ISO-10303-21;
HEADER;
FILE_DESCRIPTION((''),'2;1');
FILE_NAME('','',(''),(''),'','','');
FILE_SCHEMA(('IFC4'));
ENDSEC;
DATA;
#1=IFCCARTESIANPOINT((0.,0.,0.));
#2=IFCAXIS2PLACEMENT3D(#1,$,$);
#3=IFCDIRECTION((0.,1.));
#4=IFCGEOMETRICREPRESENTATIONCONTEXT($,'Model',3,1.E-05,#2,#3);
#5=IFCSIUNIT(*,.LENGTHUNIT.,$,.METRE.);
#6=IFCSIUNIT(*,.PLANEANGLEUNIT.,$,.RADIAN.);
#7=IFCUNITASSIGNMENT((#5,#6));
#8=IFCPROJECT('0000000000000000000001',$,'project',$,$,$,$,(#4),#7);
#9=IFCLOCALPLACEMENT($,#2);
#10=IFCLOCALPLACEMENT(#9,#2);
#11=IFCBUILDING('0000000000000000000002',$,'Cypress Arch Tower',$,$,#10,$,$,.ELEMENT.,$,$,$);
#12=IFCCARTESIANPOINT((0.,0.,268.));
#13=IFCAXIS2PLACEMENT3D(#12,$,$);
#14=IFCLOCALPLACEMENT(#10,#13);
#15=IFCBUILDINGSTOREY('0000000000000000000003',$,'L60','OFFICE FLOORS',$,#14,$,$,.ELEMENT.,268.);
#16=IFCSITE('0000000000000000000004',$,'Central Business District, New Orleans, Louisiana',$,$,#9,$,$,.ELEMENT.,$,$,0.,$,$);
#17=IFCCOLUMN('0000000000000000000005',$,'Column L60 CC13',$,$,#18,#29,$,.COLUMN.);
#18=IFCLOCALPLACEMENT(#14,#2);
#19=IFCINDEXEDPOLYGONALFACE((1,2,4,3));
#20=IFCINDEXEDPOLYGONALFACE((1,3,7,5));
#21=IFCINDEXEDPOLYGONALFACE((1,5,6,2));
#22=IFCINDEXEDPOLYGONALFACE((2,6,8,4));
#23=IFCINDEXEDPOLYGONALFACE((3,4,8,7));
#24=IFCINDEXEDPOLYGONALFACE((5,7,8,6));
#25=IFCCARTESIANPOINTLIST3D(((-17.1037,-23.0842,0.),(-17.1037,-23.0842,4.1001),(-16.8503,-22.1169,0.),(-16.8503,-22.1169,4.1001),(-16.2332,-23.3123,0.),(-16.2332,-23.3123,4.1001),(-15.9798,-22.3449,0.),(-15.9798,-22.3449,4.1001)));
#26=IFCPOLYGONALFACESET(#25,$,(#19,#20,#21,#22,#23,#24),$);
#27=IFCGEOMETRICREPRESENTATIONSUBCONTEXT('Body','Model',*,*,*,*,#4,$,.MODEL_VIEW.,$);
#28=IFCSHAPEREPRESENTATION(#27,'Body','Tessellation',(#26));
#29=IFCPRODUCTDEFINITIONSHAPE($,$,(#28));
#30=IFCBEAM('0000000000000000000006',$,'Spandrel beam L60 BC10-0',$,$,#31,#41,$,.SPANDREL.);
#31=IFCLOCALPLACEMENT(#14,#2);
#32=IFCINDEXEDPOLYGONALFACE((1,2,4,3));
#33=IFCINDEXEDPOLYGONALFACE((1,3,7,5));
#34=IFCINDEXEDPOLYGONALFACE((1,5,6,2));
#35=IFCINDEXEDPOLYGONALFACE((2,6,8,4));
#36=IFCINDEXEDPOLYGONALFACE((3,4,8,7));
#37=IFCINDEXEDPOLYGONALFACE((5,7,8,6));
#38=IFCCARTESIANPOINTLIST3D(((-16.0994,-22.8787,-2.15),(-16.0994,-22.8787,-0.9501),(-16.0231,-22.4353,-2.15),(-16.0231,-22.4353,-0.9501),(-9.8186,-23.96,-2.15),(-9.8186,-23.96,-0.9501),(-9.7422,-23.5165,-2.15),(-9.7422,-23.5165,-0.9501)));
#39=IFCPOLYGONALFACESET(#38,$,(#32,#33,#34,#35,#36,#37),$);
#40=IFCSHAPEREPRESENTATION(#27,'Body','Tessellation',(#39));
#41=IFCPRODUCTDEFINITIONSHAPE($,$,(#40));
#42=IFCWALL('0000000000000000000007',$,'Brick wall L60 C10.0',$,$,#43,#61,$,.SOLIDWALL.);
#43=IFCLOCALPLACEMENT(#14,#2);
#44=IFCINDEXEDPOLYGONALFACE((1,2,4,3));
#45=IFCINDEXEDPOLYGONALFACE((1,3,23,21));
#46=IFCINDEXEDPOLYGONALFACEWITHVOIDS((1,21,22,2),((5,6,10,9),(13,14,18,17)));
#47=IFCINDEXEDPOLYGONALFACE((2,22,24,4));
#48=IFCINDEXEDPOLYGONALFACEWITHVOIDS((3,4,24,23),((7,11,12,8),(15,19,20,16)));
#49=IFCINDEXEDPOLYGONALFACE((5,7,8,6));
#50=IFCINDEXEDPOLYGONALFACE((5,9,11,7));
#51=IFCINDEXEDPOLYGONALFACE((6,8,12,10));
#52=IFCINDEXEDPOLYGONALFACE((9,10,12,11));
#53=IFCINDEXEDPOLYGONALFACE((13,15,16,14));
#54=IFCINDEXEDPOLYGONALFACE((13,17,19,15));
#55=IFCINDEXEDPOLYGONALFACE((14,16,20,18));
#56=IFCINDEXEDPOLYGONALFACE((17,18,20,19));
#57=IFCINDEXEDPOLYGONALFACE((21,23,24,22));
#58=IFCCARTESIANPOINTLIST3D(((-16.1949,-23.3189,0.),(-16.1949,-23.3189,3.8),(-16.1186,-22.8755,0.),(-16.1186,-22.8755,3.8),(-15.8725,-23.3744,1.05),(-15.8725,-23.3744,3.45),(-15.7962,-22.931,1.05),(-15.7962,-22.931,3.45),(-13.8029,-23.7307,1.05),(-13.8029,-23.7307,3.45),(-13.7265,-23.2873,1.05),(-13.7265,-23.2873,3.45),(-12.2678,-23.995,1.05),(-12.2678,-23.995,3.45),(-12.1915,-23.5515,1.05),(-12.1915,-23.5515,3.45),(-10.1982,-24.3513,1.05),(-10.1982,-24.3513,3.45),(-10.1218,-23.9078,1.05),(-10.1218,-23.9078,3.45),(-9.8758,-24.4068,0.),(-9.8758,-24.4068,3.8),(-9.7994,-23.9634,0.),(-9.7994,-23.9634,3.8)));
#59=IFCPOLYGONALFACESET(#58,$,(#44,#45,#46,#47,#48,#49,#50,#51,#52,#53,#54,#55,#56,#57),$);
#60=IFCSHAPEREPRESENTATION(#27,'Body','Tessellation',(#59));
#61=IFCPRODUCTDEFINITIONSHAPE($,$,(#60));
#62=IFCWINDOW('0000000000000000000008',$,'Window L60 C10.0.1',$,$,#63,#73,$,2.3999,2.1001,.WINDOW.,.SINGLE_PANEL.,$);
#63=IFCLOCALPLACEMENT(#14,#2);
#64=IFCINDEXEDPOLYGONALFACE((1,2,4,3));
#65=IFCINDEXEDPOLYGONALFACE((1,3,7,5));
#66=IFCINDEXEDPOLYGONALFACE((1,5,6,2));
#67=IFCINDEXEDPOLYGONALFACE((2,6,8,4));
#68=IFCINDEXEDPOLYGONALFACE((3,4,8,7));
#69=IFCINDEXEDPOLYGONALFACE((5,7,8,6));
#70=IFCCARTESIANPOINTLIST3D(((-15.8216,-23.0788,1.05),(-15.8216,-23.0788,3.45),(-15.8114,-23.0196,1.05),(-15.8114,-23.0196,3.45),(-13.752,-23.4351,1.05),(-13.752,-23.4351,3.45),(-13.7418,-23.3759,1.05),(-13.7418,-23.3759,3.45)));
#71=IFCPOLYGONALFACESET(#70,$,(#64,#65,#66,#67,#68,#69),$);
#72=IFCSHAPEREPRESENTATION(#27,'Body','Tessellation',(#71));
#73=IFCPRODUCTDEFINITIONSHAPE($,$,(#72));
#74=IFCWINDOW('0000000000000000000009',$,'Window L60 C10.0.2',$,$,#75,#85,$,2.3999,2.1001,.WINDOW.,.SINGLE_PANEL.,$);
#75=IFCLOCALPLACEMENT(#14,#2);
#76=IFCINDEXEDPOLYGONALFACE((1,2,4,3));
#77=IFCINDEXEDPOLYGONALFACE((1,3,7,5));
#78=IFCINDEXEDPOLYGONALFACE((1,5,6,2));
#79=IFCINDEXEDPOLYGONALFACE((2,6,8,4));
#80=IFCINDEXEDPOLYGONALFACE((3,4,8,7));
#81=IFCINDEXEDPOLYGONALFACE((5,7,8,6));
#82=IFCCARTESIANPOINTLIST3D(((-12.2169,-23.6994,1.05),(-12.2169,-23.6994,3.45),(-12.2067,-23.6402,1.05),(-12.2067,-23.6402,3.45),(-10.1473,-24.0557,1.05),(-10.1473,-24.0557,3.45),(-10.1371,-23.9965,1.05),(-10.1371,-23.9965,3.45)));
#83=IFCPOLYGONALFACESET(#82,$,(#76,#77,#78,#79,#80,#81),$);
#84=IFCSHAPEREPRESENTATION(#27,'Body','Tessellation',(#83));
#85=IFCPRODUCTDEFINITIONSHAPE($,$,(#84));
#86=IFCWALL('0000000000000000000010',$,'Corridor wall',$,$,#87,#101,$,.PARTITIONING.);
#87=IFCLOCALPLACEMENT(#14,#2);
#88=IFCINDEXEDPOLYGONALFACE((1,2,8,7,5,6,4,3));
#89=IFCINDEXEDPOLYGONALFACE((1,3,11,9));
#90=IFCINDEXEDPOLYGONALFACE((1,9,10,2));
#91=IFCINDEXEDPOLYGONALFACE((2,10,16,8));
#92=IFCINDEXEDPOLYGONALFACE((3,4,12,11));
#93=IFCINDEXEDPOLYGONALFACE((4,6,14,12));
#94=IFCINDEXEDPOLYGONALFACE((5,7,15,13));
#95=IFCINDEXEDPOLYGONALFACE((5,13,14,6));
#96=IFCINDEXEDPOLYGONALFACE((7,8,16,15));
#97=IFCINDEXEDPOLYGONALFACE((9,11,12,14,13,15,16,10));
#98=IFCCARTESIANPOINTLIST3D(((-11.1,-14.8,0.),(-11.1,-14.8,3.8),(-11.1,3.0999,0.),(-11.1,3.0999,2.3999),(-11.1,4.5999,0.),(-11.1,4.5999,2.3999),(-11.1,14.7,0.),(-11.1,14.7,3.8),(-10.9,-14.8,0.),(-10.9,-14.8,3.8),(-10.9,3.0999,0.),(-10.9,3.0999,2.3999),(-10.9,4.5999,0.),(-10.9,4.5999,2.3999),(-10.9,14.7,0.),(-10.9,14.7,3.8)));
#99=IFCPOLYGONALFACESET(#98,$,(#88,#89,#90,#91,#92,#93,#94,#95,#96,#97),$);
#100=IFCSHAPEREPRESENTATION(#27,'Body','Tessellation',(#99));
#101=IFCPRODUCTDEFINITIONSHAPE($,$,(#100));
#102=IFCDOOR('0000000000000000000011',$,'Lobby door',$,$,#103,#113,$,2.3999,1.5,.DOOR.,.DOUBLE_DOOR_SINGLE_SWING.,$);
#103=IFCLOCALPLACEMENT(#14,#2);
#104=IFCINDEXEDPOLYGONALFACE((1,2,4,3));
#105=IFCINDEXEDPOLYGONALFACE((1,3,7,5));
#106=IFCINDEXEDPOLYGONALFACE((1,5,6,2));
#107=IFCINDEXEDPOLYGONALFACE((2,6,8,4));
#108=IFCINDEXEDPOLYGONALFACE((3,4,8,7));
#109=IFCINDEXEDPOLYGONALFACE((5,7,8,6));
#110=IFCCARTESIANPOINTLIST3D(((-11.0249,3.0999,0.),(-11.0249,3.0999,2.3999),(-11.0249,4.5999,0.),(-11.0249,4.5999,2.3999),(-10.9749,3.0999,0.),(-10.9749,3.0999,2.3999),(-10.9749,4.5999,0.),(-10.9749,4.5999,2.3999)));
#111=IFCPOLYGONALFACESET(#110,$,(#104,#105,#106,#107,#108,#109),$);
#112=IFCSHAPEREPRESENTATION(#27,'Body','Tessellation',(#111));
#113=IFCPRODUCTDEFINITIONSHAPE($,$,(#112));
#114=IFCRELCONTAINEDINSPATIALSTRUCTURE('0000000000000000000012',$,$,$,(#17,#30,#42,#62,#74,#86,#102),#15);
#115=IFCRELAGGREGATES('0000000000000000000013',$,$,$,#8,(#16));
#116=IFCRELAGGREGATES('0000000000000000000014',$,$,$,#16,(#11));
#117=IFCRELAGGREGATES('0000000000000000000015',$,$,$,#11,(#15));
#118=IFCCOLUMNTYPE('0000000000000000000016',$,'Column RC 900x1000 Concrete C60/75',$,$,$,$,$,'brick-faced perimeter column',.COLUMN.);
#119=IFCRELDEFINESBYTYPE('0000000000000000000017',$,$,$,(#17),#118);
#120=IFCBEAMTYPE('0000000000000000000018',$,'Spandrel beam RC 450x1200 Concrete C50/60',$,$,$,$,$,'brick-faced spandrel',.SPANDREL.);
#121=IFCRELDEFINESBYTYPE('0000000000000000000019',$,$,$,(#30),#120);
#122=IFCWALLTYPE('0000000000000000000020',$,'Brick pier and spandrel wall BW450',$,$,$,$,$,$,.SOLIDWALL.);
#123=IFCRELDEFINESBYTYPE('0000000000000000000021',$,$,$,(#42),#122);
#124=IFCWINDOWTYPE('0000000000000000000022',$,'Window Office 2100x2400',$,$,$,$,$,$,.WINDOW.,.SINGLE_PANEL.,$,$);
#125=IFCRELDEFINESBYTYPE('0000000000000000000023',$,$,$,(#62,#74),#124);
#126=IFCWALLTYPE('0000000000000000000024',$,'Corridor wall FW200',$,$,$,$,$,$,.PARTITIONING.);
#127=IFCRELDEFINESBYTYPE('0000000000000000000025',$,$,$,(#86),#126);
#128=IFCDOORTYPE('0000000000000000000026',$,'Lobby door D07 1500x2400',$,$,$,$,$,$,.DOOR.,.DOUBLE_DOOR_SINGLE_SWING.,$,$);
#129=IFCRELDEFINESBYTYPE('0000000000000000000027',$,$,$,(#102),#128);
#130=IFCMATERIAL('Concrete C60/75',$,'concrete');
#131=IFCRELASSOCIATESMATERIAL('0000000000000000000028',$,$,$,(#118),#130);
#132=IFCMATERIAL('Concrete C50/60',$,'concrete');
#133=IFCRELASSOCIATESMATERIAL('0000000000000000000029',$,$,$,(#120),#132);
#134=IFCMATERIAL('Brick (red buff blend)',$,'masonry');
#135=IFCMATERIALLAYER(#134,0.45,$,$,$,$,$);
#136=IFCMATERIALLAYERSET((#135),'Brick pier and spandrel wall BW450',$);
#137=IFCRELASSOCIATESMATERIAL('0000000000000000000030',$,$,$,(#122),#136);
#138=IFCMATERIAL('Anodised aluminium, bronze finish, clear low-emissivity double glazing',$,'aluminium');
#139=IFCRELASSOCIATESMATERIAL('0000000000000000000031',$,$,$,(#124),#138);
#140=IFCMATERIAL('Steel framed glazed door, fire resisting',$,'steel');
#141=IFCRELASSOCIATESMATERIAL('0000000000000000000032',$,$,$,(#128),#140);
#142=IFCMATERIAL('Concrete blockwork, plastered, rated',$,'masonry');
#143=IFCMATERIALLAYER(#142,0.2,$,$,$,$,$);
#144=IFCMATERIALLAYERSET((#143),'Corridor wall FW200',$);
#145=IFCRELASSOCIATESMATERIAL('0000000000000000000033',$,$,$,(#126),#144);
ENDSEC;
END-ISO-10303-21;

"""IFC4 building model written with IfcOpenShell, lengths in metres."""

from ifc_helpers import new_model, si_unit, direction, frame, frame_2d, origin, origin_2d, place, context, subcontext, project, spatial, rectangle, extrude, material, layer, layer_set, material_profile, profile_set, type_object, element, fill, save


model = new_model("IFC4")

# Units and contexts
model_context = context("Model", 3, precision=1e-05, world=origin(), true_north=direction((0.0, 1.0)))
body_context = subcontext(model_context, "Body", "Model", "MODEL_VIEW")
ifc_project = project(units=[si_unit("LENGTHUNIT", "METRE"), si_unit("PLANEANGLEUNIT", "RADIAN")], contexts=[model_context])

# Site, building, storey
site_placement = place(None, origin())
site = spatial("IfcSite", under=ifc_project, at=site_placement, Name="Central Business District, New Orleans, Louisiana", CompositionType="ELEMENT", RefElevation=0.0)
building_placement = place(site_placement, origin())
building = spatial("IfcBuilding", under=site, at=building_placement, Name="Cypress Arch Tower", CompositionType="ELEMENT")
storey_placement = place(building_placement, frame((0.0, 0.0, 268.0)))
storey = spatial("IfcBuildingStorey", under=building, at=storey_placement, Name="L60", Description="OFFICE FLOORS", CompositionType="ELEMENT", Elevation=268.0)

# Column
ifc_material_1 = material(Name="Concrete C60/75", Category="concrete")
ifc_material_profile_1 = material_profile(ifc_material_1, rectangle(XDim=0.8999, YDim=1.0, at=origin_2d()), Name="RC 900x1000")
ifc_profile_set_1 = profile_set([ifc_material_profile_1], Name="Concrete C60/75")
column_type = type_object("IfcColumnType", Name="Column RC 900x1000 Concrete C60/75", ElementType="brick-faced perimeter column", PredefinedType="COLUMN", material=ifc_profile_set_1)
column_placement = place(storey_placement, frame((-16.5417, -22.7146, 0.0), z_axis=(0.0, 0.0, 1.0), x_axis=(0.967356, -0.253422, 0.0)))
element("IfcColumn", 1, at=column_placement, inside=storey, type_object=column_type, Name="Column L60 CC13", PredefinedType="COLUMN", context=body_context, shape_type="SweptSolid", body=[
    extrude(rectangle(XDim=0.8999, YDim=1.0, at=origin_2d()), origin(), (0.0, 0.0, 1.0), 4.1001),
])

# Beam
ifc_material_2 = material(Name="Concrete C50/60", Category="concrete")
ifc_material_profile_2 = material_profile(ifc_material_2, rectangle(XDim=0.45, YDim=1.2, at=origin_2d()), Name="RC 450x1200")
ifc_profile_set_2 = profile_set([ifc_material_profile_2], Name="Concrete C50/60")
beam_type = type_object("IfcBeamType", Name="Spandrel beam RC 450x1200 Concrete C50/60", ElementType="brick-faced spandrel", PredefinedType="SPANDREL", material=ifc_profile_set_2)
beam_placement = place(storey_placement, frame((-16.0613, -22.657, -1.55), z_axis=(0.985503, -0.169658, 0.0), x_axis=(0.169658, 0.985503, 0.0)))
element("IfcBeam", 2, at=beam_placement, inside=storey, type_object=beam_type, Name="Spandrel beam L60 BC10-0", PredefinedType="SPANDREL", context=body_context, shape_type="SweptSolid", body=[
    extrude(rectangle(XDim=0.45, YDim=1.2, at=origin_2d()), origin(), (0.0, 0.0, 1.0), 6.3733),
])

# Wall, openings, windows
ifc_material_3 = material(Name="Brick (red buff blend)", Category="masonry")
ifc_layer_1 = layer(ifc_material_3, 0.45)
ifc_layer_set_1 = layer_set([ifc_layer_1], Name="Brick pier and spandrel wall BW450")
wall_type_1 = type_object("IfcWallType", Name="Brick pier and spandrel wall BW450", PredefinedType="SOLIDWALL", material=ifc_layer_set_1)
wall_1_placement = place(storey_placement, frame((-16.1567, -23.0972, 0.0), z_axis=(0.0, 0.0, 1.0), x_axis=(0.985502, -0.169663, 0.0)))
wall_1 = element("IfcWall", 3, at=wall_1_placement, inside=storey, type_object=wall_type_1, Name="Brick wall L60 C10.0", PredefinedType="SOLIDWALL", context=body_context, shape_type="SweptSolid", body=[
    extrude(rectangle(XDim=6.4121, YDim=0.45, at=frame_2d((3.2061, 0.0))), origin(), (0.0, 0.0, 1.0), 3.8),
])
opening_1_placement = place(wall_1_placement, frame((0.3271, 0.0, 1.05)))
opening_1 = element("IfcOpeningElement", 4, at=opening_1_placement, cuts=wall_1, PredefinedType="OPENING", context=body_context, shape_type="SweptSolid", body=[
    extrude(rectangle(XDim=2.1001, YDim=2.3999, at=frame_2d((1.05, 1.2))), frame((0.0, 0.2349, 0.0), z_axis=(0.0, -1.0, 0.0), x_axis=(1.0, 0.0, 0.0)), (0.0, 0.0, 1.0), 0.47),
])
opening_2_placement = place(wall_1_placement, frame((3.9849, 0.0, 1.05)))
opening_2 = element("IfcOpeningElement", 5, at=opening_2_placement, cuts=wall_1, PredefinedType="OPENING", context=body_context, shape_type="SweptSolid", body=[
    extrude(rectangle(XDim=2.1001, YDim=2.3999, at=frame_2d((1.05, 1.2))), frame((0.0, 0.2349, 0.0), z_axis=(0.0, -1.0, 0.0), x_axis=(1.0, 0.0, 0.0)), (0.0, 0.0, 1.0), 0.47),
])
ifc_material_4 = material(Name="Anodised aluminium, bronze finish, clear low-emissivity double glazing", Category="aluminium")
window_type = type_object("IfcWindowType", Name="Window Office 2100x2400", PartitioningType="SINGLE_PANEL", PredefinedType="WINDOW", material=ifc_material_4)
window_1_placement = place(opening_1_placement, origin())
window_1 = element("IfcWindow", 6, at=window_1_placement, inside=storey, type_object=window_type, Name="Window L60 C10.0.1", OverallHeight=2.3999, OverallWidth=2.1001, PartitioningType="SINGLE_PANEL", PredefinedType="WINDOW", context=body_context, shape_type="SweptSolid", body=[
    extrude(rectangle(XDim=2.1001, YDim=2.3999, at=frame_2d((1.05, 1.2))), frame((0.0, 0.135, 0.0), z_axis=(0.0, -1.0, 0.0), x_axis=(1.0, 0.0, 0.0)), (0.0, 0.0, 1.0), 0.0601),
])
fill(opening_1, window_1)
window_2_placement = place(opening_2_placement, origin())
window_2 = element("IfcWindow", 7, at=window_2_placement, inside=storey, type_object=window_type, Name="Window L60 C10.0.2", OverallHeight=2.3999, OverallWidth=2.1001, PartitioningType="SINGLE_PANEL", PredefinedType="WINDOW", context=body_context, shape_type="SweptSolid", body=[
    extrude(rectangle(XDim=2.1001, YDim=2.3999, at=frame_2d((1.05, 1.2))), frame((0.0, 0.135, 0.0), z_axis=(0.0, -1.0, 0.0), x_axis=(1.0, 0.0, 0.0)), (0.0, 0.0, 1.0), 0.0601),
])
fill(opening_2, window_2)

# Shared definitions
ifc_material_5 = material(Name="Steel framed glazed door, fire resisting", Category="steel")
door_type_1 = type_object("IfcDoorType", Name="Lobby door D07 1500x2400", OperationType="DOUBLE_DOOR_SINGLE_SWING", PredefinedType="DOOR", material=ifc_material_5)

# Shared definitions
ifc_material_6 = material(Name="Concrete blockwork, plastered, rated", Category="masonry")
ifc_layer_2 = layer(ifc_material_6, 0.2)
ifc_layer_set_2 = layer_set([ifc_layer_2], Name="Corridor wall FW200")
wall_type_2 = type_object("IfcWallType", Name="Corridor wall FW200", PredefinedType="PARTITIONING", material=ifc_layer_set_2)

# Wall, opening, door
wall_2_placement = place(storey_placement, frame((-11.0, -14.8, 0.0), z_axis=(0.0, 0.0, 1.0), x_axis=(0.0, 1.0, 0.0)))
wall_2 = element("IfcWall", 8, at=wall_2_placement, inside=storey, type_object=wall_type_2, Name="Corridor wall", PredefinedType="PARTITIONING", context=body_context, shape_type="SweptSolid", body=[
    extrude(rectangle(XDim=29.5, YDim=0.2, at=frame_2d((14.75, 0.0))), origin(), (0.0, 0.0, 1.0), 3.8),
])
opening_3_placement = place(wall_2_placement, frame((17.8999, 0.0, 0.0)))
opening_3 = element("IfcOpeningElement", 9, at=opening_3_placement, cuts=wall_2, PredefinedType="OPENING", context=body_context, shape_type="SweptSolid", body=[
    extrude(rectangle(XDim=1.5, YDim=2.3999, at=frame_2d((0.75, 1.2))), frame((0.0, 0.1099, 0.0), z_axis=(0.0, -1.0, 0.0), x_axis=(1.0, 0.0, 0.0)), (0.0, 0.0, 1.0), 0.22),
])
door_1_placement = place(opening_3_placement, origin())
door_1 = element("IfcDoor", 10, at=door_1_placement, inside=storey, type_object=door_type_1, Name="Lobby door", OperationType="DOUBLE_DOOR_SINGLE_SWING", OverallHeight=2.3999, OverallWidth=1.5, PredefinedType="DOOR", context=body_context, shape_type="SweptSolid", body=[
    extrude(rectangle(XDim=1.5, YDim=2.3999, at=frame_2d((0.75, 1.2))), frame((0.0, 0.0249, 0.0), z_axis=(0.0, -1.0, 0.0), x_axis=(1.0, 0.0, 0.0)), (0.0, 0.0, 1.0), 0.05),
])
fill(opening_3, door_1)

save(model, "model.ifc")
